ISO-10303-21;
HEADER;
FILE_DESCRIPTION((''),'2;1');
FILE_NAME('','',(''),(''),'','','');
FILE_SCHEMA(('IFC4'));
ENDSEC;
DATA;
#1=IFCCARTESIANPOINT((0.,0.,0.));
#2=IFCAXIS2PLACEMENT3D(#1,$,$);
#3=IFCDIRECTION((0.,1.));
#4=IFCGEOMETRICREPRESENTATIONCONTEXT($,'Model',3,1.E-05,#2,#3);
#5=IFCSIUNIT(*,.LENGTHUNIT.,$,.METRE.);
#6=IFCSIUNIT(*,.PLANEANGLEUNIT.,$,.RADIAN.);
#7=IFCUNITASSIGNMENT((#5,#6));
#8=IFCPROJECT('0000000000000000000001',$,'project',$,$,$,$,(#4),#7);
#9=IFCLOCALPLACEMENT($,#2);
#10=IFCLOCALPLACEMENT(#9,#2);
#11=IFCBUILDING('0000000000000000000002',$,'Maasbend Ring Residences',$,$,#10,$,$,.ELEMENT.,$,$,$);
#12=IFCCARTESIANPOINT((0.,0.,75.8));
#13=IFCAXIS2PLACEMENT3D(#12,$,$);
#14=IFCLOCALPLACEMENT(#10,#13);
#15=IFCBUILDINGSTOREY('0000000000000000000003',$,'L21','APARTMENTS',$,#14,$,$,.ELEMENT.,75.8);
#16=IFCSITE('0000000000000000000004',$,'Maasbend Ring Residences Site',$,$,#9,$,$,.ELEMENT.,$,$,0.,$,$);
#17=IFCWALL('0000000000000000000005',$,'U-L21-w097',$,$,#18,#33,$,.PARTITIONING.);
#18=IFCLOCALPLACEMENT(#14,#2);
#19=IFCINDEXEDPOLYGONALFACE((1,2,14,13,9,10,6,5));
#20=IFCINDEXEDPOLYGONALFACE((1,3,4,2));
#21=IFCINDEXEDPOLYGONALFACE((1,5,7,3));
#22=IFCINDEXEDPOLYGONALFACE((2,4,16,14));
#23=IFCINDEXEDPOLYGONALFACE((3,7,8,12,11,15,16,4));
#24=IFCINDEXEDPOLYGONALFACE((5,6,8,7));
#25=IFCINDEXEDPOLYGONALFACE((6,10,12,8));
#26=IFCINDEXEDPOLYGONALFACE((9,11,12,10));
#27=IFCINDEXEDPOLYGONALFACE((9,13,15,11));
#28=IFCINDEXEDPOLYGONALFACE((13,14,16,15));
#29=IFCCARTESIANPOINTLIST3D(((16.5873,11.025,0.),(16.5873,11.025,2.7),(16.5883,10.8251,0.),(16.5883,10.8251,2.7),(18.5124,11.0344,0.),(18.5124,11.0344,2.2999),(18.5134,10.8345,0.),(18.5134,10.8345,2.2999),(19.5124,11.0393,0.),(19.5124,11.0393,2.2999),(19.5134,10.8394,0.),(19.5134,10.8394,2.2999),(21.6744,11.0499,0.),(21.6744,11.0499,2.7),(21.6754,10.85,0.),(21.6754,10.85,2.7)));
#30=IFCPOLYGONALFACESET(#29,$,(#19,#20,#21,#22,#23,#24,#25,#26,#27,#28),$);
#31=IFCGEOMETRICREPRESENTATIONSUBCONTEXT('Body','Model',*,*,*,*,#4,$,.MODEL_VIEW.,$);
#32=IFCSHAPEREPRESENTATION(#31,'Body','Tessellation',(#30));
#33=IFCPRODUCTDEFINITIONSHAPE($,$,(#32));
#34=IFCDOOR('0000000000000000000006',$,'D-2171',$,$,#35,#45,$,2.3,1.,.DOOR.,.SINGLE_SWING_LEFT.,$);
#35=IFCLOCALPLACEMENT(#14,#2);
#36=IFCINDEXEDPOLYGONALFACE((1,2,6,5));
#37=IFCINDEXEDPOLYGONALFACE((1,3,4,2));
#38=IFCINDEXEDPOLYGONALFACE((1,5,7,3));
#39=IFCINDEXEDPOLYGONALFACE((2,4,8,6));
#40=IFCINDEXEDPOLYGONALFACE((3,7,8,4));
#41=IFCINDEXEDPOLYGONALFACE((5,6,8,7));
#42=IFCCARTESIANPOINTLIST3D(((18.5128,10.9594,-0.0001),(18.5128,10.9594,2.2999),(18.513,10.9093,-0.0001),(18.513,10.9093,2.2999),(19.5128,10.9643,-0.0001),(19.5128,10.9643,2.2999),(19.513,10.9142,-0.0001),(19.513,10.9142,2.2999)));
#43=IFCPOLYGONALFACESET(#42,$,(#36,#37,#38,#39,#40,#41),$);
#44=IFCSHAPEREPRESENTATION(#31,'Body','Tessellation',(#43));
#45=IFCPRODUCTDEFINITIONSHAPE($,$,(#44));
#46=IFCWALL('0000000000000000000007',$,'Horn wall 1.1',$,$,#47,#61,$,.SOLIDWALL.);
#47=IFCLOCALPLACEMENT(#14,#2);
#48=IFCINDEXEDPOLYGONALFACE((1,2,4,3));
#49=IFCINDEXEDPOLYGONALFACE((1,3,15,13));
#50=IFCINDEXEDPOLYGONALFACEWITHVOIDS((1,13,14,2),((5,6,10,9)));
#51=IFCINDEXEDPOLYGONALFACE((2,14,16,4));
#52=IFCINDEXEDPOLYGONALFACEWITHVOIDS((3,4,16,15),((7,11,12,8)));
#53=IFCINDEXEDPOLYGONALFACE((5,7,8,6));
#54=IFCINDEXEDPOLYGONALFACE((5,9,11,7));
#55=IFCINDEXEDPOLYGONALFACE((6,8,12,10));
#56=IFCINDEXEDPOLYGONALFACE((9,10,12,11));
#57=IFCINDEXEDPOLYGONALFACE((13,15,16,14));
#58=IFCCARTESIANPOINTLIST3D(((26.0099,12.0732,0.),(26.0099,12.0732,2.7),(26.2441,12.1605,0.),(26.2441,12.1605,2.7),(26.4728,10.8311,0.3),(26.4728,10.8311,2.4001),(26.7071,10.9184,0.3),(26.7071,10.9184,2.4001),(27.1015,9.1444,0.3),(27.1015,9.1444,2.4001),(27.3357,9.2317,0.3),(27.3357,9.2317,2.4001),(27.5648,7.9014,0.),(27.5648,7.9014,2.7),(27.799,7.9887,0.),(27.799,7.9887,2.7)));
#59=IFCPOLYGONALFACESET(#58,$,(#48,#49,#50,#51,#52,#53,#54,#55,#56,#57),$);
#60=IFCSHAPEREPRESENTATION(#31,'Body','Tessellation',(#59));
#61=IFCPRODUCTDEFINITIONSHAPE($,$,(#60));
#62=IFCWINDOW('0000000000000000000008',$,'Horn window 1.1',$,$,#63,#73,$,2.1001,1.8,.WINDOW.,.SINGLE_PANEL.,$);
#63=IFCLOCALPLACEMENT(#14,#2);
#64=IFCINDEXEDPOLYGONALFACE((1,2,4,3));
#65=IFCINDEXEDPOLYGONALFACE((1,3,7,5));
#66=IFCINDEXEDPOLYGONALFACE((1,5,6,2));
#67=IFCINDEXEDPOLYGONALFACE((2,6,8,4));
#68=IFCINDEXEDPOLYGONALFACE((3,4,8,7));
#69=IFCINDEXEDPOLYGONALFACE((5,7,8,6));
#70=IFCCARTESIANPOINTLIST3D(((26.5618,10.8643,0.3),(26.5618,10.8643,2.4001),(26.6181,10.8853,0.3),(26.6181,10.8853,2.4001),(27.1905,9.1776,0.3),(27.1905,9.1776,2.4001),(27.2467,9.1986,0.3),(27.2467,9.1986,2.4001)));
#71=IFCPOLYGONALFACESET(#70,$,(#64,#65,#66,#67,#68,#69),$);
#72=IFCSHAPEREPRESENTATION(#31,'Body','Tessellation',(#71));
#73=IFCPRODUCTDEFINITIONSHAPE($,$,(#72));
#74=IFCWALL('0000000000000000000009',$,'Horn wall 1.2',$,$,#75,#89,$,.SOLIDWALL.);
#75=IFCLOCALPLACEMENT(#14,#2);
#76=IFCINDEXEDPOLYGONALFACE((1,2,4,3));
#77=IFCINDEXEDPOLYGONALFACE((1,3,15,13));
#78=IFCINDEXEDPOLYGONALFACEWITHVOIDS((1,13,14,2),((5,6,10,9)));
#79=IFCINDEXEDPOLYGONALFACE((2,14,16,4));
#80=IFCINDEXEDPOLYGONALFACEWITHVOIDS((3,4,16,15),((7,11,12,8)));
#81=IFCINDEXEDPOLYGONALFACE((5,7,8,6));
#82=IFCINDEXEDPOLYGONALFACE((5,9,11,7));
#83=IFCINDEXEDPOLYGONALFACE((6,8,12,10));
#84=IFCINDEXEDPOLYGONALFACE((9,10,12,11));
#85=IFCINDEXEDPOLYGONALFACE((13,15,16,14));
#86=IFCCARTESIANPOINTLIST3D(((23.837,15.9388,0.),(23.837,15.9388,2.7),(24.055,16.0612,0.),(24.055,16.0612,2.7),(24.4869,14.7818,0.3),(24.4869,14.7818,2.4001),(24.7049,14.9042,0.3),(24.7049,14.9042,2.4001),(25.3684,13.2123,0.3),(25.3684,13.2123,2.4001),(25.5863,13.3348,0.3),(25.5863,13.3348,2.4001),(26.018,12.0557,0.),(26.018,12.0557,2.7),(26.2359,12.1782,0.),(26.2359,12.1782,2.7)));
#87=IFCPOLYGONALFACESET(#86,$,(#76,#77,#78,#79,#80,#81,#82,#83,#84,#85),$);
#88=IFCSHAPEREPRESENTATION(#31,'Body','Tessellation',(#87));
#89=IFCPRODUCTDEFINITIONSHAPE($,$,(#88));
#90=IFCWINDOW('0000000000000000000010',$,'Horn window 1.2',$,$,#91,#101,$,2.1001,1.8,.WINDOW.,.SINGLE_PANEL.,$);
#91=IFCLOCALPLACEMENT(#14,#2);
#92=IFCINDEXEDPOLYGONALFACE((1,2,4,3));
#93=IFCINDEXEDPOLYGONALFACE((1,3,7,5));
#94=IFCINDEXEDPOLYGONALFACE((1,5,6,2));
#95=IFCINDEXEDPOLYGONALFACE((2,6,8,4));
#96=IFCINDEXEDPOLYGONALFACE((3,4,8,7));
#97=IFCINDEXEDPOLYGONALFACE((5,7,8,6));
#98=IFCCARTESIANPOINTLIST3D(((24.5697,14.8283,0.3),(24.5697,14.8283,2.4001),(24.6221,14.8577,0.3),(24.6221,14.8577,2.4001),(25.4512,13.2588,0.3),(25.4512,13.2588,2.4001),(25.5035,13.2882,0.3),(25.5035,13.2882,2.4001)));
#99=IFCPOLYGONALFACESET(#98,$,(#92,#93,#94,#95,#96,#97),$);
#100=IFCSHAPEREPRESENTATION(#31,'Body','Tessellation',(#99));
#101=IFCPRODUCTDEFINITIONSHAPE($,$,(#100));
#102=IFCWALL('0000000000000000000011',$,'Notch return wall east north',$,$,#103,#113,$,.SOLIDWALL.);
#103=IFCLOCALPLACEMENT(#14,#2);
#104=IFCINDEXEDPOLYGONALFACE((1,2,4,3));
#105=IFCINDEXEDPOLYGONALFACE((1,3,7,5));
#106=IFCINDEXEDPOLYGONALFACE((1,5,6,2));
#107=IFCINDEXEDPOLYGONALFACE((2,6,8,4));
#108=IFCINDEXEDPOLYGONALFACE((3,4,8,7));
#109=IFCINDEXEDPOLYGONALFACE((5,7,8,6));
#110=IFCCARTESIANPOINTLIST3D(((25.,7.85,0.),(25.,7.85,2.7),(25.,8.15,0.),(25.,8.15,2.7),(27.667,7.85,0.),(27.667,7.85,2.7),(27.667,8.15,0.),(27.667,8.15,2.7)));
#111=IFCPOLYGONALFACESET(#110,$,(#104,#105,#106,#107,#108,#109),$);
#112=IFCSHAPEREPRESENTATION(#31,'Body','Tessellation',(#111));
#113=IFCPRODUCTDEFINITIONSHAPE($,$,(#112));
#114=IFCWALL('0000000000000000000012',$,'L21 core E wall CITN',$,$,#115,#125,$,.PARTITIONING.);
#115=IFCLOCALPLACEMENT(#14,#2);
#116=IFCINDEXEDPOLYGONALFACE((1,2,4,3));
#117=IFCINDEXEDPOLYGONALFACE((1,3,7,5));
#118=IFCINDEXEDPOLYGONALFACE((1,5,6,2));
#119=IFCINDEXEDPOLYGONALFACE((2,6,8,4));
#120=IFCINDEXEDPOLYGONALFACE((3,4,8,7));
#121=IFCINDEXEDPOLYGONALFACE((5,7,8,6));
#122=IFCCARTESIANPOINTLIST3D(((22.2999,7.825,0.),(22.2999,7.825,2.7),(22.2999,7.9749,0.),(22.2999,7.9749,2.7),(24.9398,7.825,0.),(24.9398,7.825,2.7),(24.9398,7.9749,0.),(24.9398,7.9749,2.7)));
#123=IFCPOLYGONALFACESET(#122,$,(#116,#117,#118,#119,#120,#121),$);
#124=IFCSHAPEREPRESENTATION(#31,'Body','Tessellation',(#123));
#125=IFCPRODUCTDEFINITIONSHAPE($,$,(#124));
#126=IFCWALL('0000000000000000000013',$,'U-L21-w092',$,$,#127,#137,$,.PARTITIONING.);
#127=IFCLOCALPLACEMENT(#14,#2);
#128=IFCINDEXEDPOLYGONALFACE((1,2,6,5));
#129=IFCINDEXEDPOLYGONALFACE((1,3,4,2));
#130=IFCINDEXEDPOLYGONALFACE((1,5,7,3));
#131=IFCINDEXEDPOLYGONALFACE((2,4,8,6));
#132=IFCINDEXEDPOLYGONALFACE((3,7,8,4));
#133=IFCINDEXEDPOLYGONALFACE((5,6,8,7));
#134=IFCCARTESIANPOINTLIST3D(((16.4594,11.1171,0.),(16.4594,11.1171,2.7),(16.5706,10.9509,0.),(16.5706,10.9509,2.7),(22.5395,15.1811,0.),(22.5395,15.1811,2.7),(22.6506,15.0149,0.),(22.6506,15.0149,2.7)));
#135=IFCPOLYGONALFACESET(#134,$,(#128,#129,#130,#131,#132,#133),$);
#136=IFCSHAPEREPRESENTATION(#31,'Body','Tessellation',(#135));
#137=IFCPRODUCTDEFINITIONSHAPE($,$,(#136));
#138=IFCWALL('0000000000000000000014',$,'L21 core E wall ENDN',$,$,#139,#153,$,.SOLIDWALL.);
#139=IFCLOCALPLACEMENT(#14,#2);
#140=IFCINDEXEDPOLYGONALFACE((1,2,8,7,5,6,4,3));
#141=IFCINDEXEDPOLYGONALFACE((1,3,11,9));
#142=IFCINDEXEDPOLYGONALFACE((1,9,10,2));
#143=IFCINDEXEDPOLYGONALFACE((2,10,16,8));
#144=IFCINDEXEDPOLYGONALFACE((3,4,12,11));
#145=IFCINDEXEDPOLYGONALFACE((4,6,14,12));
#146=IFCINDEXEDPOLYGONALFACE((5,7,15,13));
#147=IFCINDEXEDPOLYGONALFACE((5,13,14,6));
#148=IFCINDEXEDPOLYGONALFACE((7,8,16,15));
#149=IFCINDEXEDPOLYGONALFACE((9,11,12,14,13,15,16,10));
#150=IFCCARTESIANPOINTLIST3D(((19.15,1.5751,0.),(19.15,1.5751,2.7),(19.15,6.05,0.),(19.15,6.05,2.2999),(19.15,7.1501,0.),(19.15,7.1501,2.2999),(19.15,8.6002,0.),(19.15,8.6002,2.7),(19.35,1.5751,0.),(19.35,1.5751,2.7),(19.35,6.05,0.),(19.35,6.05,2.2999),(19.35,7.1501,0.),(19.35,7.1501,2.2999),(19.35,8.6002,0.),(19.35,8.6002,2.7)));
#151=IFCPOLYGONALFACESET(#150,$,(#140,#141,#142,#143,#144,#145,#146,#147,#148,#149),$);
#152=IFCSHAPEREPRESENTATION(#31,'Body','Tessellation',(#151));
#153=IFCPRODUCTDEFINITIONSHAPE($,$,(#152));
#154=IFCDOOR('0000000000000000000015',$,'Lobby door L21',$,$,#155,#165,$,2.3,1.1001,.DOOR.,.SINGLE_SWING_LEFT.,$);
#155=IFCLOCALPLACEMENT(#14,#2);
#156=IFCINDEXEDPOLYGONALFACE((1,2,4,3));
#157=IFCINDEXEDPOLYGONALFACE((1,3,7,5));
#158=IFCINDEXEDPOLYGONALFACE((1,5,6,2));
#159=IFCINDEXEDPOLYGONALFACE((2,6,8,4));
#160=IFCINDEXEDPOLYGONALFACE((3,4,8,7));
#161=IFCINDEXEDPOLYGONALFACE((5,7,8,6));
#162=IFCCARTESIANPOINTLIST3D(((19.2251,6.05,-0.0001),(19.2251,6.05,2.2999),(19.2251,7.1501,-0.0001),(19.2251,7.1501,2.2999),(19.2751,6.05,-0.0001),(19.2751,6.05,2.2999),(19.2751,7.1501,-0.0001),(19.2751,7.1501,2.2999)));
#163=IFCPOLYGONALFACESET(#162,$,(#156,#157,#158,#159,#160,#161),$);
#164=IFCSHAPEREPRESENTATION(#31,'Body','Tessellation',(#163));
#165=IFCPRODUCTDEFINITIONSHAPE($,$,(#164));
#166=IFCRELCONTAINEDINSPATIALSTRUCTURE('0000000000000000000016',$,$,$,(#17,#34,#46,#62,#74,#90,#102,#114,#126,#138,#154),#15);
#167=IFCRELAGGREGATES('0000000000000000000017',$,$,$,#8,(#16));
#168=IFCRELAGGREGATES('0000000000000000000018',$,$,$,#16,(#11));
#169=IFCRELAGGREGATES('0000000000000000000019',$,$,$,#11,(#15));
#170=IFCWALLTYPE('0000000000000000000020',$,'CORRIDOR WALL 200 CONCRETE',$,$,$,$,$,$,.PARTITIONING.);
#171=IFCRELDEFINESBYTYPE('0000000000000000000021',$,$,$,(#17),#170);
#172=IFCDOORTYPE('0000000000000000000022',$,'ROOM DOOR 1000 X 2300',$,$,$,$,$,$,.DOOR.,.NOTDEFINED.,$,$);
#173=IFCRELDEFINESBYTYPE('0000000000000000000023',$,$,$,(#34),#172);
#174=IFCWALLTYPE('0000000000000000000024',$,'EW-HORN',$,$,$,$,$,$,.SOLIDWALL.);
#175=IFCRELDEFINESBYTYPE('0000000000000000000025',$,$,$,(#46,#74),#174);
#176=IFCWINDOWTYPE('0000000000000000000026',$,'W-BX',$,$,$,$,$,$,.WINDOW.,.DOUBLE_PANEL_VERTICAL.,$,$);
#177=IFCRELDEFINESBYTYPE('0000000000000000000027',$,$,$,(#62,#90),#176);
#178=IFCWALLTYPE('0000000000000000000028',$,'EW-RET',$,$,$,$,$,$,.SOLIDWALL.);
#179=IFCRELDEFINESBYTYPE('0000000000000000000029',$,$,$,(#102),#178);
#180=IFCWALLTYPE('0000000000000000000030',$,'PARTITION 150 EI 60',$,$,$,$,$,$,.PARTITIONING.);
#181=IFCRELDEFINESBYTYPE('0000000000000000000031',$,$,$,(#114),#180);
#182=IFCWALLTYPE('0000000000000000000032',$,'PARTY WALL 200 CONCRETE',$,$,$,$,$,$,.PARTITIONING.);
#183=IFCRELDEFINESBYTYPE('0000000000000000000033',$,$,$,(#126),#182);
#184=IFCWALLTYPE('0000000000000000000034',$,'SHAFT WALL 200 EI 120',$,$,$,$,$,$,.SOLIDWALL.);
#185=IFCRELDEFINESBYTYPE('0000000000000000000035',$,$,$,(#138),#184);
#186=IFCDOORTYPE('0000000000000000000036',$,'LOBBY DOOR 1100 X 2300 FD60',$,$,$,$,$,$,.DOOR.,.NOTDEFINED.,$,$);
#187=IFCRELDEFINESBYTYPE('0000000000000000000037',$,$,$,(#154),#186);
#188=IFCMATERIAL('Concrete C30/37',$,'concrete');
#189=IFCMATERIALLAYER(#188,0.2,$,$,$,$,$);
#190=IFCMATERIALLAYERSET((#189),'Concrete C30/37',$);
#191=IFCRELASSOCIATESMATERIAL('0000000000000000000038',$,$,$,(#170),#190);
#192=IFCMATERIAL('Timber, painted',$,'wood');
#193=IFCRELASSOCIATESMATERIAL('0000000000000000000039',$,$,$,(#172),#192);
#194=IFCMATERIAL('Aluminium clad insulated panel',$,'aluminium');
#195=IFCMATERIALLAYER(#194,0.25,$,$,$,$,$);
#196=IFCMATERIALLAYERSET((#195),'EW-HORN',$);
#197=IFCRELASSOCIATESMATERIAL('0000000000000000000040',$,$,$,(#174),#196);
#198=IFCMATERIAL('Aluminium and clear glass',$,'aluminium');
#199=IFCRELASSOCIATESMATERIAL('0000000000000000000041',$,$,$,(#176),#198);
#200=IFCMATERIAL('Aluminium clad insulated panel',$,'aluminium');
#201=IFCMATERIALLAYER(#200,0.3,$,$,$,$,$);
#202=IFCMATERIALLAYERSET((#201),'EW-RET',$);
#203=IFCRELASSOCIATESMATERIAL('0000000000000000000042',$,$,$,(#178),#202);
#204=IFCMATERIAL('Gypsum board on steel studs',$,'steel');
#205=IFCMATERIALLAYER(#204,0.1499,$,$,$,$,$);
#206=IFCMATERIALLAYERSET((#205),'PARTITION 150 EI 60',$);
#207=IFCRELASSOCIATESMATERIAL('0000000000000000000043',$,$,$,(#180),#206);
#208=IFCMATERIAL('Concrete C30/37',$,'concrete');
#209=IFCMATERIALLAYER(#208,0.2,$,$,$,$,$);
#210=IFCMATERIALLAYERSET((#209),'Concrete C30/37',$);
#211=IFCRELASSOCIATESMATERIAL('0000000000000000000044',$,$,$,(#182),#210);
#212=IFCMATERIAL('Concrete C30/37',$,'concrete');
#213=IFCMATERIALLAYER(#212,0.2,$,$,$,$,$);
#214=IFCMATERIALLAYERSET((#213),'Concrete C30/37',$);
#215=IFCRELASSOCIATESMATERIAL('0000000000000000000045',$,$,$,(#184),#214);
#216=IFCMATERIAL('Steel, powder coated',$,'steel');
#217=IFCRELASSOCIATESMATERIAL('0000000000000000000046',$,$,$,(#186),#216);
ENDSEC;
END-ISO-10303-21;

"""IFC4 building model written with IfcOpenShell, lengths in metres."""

from ifc_helpers import new_model, si_unit, direction, frame, frame_2d, origin, place, context, subcontext, project, spatial, rectangle, extrude, material, layer, layer_set, type_object, element, fill, save


model = new_model("IFC4")

# Units and contexts
model_context = context("Model", 3, precision=1e-05, world=origin(), true_north=direction((0.0, 1.0)))
body_context = subcontext(model_context, "Body", "Model", "MODEL_VIEW")
ifc_project = project(units=[si_unit("LENGTHUNIT", "METRE"), si_unit("PLANEANGLEUNIT", "RADIAN")], contexts=[model_context])

# Site, building, storey
site_placement = place(None, origin())
site = spatial("IfcSite", under=ifc_project, at=site_placement, Name="Maasbend Ring Residences Site", CompositionType="ELEMENT", RefElevation=0.0)
building_placement = place(site_placement, origin())
building = spatial("IfcBuilding", under=site, at=building_placement, Name="Maasbend Ring Residences", CompositionType="ELEMENT")
storey_placement = place(building_placement, frame((0.0, 0.0, 75.8)))
storey = spatial("IfcBuildingStorey", under=building, at=storey_placement, Name="L21", Description="APARTMENTS", CompositionType="ELEMENT", Elevation=75.8)

# Shared definitions
ifc_material_1 = material(Name="Concrete C30/37", Category="concrete")
ifc_layer_1 = layer(ifc_material_1, 0.2)
ifc_layer_set_1 = layer_set([ifc_layer_1], Name="Concrete C30/37")
wall_type_1 = type_object("IfcWallType", Name="CORRIDOR WALL 200 CONCRETE", PredefinedType="PARTITIONING", material=ifc_layer_set_1)

# Wall, opening, door
wall_1_placement = place(storey_placement, frame((16.5879, 10.925, 0.0), z_axis=(0.0, 0.0, 1.0), x_axis=(0.999988, 0.004895, 0.0)))
wall_1 = element("IfcWall", 1, at=wall_1_placement, inside=storey, type_object=wall_type_1, Name="U-L21-w097", PredefinedType="PARTITIONING", context=body_context, shape_type="SweptSolid", body=[
    extrude(rectangle(XDim=5.0872, YDim=0.2, at=frame_2d((2.5435, 0.0))), origin(), (0.0, 0.0, 1.0), 2.7),
])
opening_1_placement = place(wall_1_placement, frame((1.925, 0.0, 0.0)))
opening_1 = element("IfcOpeningElement", 2, at=opening_1_placement, cuts=wall_1, PredefinedType="OPENING", context=body_context, shape_type="SweptSolid", body=[
    extrude(rectangle(XDim=1.0, YDim=2.3, at=frame_2d((0.5, 1.1499))), frame((0.0, 0.1099, 0.0), z_axis=(0.0, -1.0, 0.0), x_axis=(1.0, 0.0, 0.0)), (0.0, 0.0, 1.0), 0.22),
])
ifc_material_2 = material(Name="Timber, painted", Category="wood")
door_type_1 = type_object("IfcDoorType", Name="ROOM DOOR 1000 X 2300", OperationType="NOTDEFINED", PredefinedType="DOOR", material=ifc_material_2)
door_1_placement = place(opening_1_placement, origin())
door_1 = element("IfcDoor", 3, at=door_1_placement, inside=storey, type_object=door_type_1, Name="D-2171", OperationType="SINGLE_SWING_LEFT", OverallHeight=2.3, OverallWidth=1.0, PredefinedType="DOOR", context=body_context, shape_type="SweptSolid", body=[
    extrude(rectangle(XDim=1.0, YDim=2.3, at=frame_2d((0.5, 1.1499))), frame((0.0, 0.0249, 0.0), z_axis=(0.0, -1.0, 0.0), x_axis=(1.0, 0.0, 0.0)), (0.0, 0.0, 1.0), 0.05),
])
fill(opening_1, door_1)

# Walls, openings, windows
ifc_material_3 = material(Name="Aluminium clad insulated panel", Category="aluminium")
ifc_layer_2 = layer(ifc_material_3, 0.25)
ifc_layer_set_2 = layer_set([ifc_layer_2], Name="EW-HORN")
wall_type_2 = type_object("IfcWallType", Name="EW-HORN", PredefinedType="SOLIDWALL", material=ifc_layer_set_2)
wall_2_placement = place(storey_placement, frame((27.6819, 7.9451, 0.0), z_axis=(0.0, 0.0, 1.0), x_axis=(-0.349248, 0.93703, 0.0)))
wall_2 = element("IfcWall", 4, at=wall_2_placement, inside=storey, type_object=wall_type_2, Name="Horn wall 1.1", PredefinedType="SOLIDWALL", context=body_context, shape_type="SweptSolid", body=[
    extrude(rectangle(XDim=4.4521, YDim=0.25, at=frame_2d((2.2261, 0.0))), origin(), (0.0, 0.0, 1.0), 2.7),
])
opening_2_placement = place(wall_2_placement, frame((1.3267, 0.0, 0.3)))
opening_2 = element("IfcOpeningElement", 5, at=opening_2_placement, cuts=wall_2, PredefinedType="OPENING", context=body_context, shape_type="SweptSolid", body=[
    extrude(rectangle(XDim=1.8, YDim=2.1001, at=frame_2d((0.8999, 1.05))), frame((0.0, 0.135, 0.0), z_axis=(0.0, -1.0, 0.0), x_axis=(1.0, 0.0, 0.0)), (0.0, 0.0, 1.0), 0.27),
])
ifc_material_4 = material(Name="Aluminium and clear glass", Category="aluminium")
window_type = type_object("IfcWindowType", Name="W-BX", PartitioningType="DOUBLE_PANEL_VERTICAL", PredefinedType="WINDOW", material=ifc_material_4)
window_1_placement = place(opening_2_placement, origin())
window_1 = element("IfcWindow", 6, at=window_1_placement, inside=storey, type_object=window_type, Name="Horn window 1.1", OverallHeight=2.1001, OverallWidth=1.8, PartitioningType="SINGLE_PANEL", PredefinedType="WINDOW", context=body_context, shape_type="SweptSolid", body=[
    extrude(rectangle(XDim=1.8, YDim=2.1001, at=frame_2d((0.8999, 1.05))), frame((0.0, 0.03, 0.0), z_axis=(0.0, -1.0, 0.0), x_axis=(1.0, 0.0, 0.0)), (0.0, 0.0, 1.0), 0.0601),
])
fill(opening_2, window_1)
wall_3_placement = place(storey_placement, frame((26.127, 12.1169, 0.0), z_axis=(0.0, 0.0, 1.0), x_axis=(-0.489696, 0.871893, 0.0)))
wall_3 = element("IfcWall", 7, at=wall_3_placement, inside=storey, type_object=wall_type_2, Name="Horn wall 1.2", PredefinedType="SOLIDWALL", context=body_context, shape_type="SweptSolid", body=[
    extrude(rectangle(XDim=4.4536, YDim=0.25, at=frame_2d((2.2268, 0.0))), origin(), (0.0, 0.0, 1.0), 2.7),
])
opening_3_placement = place(wall_3_placement, frame((1.3267, 0.0, 0.3)))
opening_3 = element("IfcOpeningElement", 8, at=opening_3_placement, cuts=wall_3, PredefinedType="OPENING", context=body_context, shape_type="SweptSolid", body=[
    extrude(rectangle(XDim=1.8, YDim=2.1001, at=frame_2d((0.8999, 1.05))), frame((0.0, 0.135, 0.0), z_axis=(0.0, -1.0, 0.0), x_axis=(1.0, 0.0, 0.0)), (0.0, 0.0, 1.0), 0.27),
])
window_2_placement = place(opening_3_placement, origin())
window_2 = element("IfcWindow", 9, at=window_2_placement, inside=storey, type_object=window_type, Name="Horn window 1.2", OverallHeight=2.1001, OverallWidth=1.8, PartitioningType="SINGLE_PANEL", PredefinedType="WINDOW", context=body_context, shape_type="SweptSolid", body=[
    extrude(rectangle(XDim=1.8, YDim=2.1001, at=frame_2d((0.8999, 1.05))), frame((0.0, 0.03, 0.0), z_axis=(0.0, -1.0, 0.0), x_axis=(1.0, 0.0, 0.0)), (0.0, 0.0, 1.0), 0.0601),
])
fill(opening_3, window_2)

# Walls
ifc_material_5 = material(Name="Aluminium clad insulated panel", Category="aluminium")
ifc_layer_3 = layer(ifc_material_5, 0.3)
ifc_layer_set_3 = layer_set([ifc_layer_3], Name="EW-RET")
wall_type_3 = type_object("IfcWallType", Name="EW-RET", PredefinedType="SOLIDWALL", material=ifc_layer_set_3)
wall_4_placement = place(storey_placement, frame((25.0, 8.0, 0.0), z_axis=(0.0, 0.0, 1.0), x_axis=(1.0, 0.0, 0.0)))
element("IfcWall", 10, at=wall_4_placement, inside=storey, type_object=wall_type_3, Name="Notch return wall east north", PredefinedType="SOLIDWALL", context=body_context, shape_type="SweptSolid", body=[
    extrude(rectangle(XDim=2.667, YDim=0.3, at=frame_2d((1.3335, 0.0))), origin(), (0.0, 0.0, 1.0), 2.7),
])
ifc_material_6 = material(Name="Gypsum board on steel studs", Category="steel")
ifc_layer_4 = layer(ifc_material_6, 0.1499)
ifc_layer_set_4 = layer_set([ifc_layer_4], Name="PARTITION 150 EI 60")
wall_type_4 = type_object("IfcWallType", Name="PARTITION 150 EI 60", PredefinedType="PARTITIONING", material=ifc_layer_set_4)
wall_5_placement = place(storey_placement, frame((22.3, 7.8999, 0.0), z_axis=(0.0, 0.0, 1.0), x_axis=(1.0, 0.0, 0.0)))
element("IfcWall", 11, at=wall_5_placement, inside=storey, type_object=wall_type_4, Name="L21 core E wall CITN", PredefinedType="PARTITIONING", context=body_context, shape_type="SweptSolid", body=[
    extrude(rectangle(XDim=2.6399, YDim=0.1499, at=frame_2d((1.3198, 0.0))), origin(), (0.0, 0.0, 1.0), 2.7),
])
ifc_material_7 = material(Name="Concrete C30/37", Category="concrete")
ifc_layer_5 = layer(ifc_material_7, 0.2)
ifc_layer_set_5 = layer_set([ifc_layer_5], Name="Concrete C30/37")
wall_type_5 = type_object("IfcWallType", Name="PARTY WALL 200 CONCRETE", PredefinedType="PARTITIONING", material=ifc_layer_set_5)
wall_6_placement = place(storey_placement, frame((16.5149, 11.0339, 0.0), z_axis=(0.0, 0.0, 1.0), x_axis=(0.831382, 0.555701, 0.0)))
element("IfcWall", 12, at=wall_6_placement, inside=storey, type_object=wall_type_5, Name="U-L21-w092", PredefinedType="PARTITIONING", context=body_context, shape_type="SweptSolid", body=[
    extrude(rectangle(XDim=7.3132, YDim=0.2, at=frame_2d((3.6567, 0.0))), origin(), (0.0, 0.0, 1.0), 2.7),
])

# Wall, opening, door
ifc_material_8 = material(Name="Concrete C30/37", Category="concrete")
ifc_layer_6 = layer(ifc_material_8, 0.2)
ifc_layer_set_6 = layer_set([ifc_layer_6], Name="Concrete C30/37")
wall_type_6 = type_object("IfcWallType", Name="SHAFT WALL 200 EI 120", PredefinedType="SOLIDWALL", material=ifc_layer_set_6)
wall_7_placement = place(storey_placement, frame((19.25, 1.575, 0.0), z_axis=(0.0, 0.0, 1.0), x_axis=(0.0, 1.0, 0.0)))
wall_7 = element("IfcWall", 13, at=wall_7_placement, inside=storey, type_object=wall_type_6, Name="L21 core E wall ENDN", PredefinedType="SOLIDWALL", context=body_context, shape_type="SweptSolid", body=[
    extrude(rectangle(XDim=7.0251, YDim=0.2, at=frame_2d((3.5127, 0.0))), origin(), (0.0, 0.0, 1.0), 2.7),
])
opening_4_placement = place(wall_7_placement, frame((4.4751, 0.0, 0.0)))
opening_4 = element("IfcOpeningElement", 14, at=opening_4_placement, cuts=wall_7, PredefinedType="OPENING", context=body_context, shape_type="SweptSolid", body=[
    extrude(rectangle(XDim=1.1001, YDim=2.3, at=frame_2d((0.55, 1.1499))), frame((0.0, 0.1099, 0.0), z_axis=(0.0, -1.0, 0.0), x_axis=(1.0, 0.0, 0.0)), (0.0, 0.0, 1.0), 0.22),
])
ifc_material_9 = material(Name="Steel, powder coated", Category="steel")
door_type_2 = type_object("IfcDoorType", Name="LOBBY DOOR 1100 X 2300 FD60", OperationType="NOTDEFINED", PredefinedType="DOOR", material=ifc_material_9)
door_2_placement = place(opening_4_placement, origin())
door_2 = element("IfcDoor", 15, at=door_2_placement, inside=storey, type_object=door_type_2, Name="Lobby door L21", OperationType="SINGLE_SWING_LEFT", OverallHeight=2.3, OverallWidth=1.1001, PredefinedType="DOOR", context=body_context, shape_type="SweptSolid", body=[
    extrude(rectangle(XDim=1.1001, YDim=2.3, at=frame_2d((0.55, 1.1499))), frame((0.0, 0.0249, 0.0), z_axis=(0.0, -1.0, 0.0), x_axis=(1.0, 0.0, 0.0)), (0.0, 0.0, 1.0), 0.05),
])
fill(opening_4, door_2)

save(model, "model.ifc")
